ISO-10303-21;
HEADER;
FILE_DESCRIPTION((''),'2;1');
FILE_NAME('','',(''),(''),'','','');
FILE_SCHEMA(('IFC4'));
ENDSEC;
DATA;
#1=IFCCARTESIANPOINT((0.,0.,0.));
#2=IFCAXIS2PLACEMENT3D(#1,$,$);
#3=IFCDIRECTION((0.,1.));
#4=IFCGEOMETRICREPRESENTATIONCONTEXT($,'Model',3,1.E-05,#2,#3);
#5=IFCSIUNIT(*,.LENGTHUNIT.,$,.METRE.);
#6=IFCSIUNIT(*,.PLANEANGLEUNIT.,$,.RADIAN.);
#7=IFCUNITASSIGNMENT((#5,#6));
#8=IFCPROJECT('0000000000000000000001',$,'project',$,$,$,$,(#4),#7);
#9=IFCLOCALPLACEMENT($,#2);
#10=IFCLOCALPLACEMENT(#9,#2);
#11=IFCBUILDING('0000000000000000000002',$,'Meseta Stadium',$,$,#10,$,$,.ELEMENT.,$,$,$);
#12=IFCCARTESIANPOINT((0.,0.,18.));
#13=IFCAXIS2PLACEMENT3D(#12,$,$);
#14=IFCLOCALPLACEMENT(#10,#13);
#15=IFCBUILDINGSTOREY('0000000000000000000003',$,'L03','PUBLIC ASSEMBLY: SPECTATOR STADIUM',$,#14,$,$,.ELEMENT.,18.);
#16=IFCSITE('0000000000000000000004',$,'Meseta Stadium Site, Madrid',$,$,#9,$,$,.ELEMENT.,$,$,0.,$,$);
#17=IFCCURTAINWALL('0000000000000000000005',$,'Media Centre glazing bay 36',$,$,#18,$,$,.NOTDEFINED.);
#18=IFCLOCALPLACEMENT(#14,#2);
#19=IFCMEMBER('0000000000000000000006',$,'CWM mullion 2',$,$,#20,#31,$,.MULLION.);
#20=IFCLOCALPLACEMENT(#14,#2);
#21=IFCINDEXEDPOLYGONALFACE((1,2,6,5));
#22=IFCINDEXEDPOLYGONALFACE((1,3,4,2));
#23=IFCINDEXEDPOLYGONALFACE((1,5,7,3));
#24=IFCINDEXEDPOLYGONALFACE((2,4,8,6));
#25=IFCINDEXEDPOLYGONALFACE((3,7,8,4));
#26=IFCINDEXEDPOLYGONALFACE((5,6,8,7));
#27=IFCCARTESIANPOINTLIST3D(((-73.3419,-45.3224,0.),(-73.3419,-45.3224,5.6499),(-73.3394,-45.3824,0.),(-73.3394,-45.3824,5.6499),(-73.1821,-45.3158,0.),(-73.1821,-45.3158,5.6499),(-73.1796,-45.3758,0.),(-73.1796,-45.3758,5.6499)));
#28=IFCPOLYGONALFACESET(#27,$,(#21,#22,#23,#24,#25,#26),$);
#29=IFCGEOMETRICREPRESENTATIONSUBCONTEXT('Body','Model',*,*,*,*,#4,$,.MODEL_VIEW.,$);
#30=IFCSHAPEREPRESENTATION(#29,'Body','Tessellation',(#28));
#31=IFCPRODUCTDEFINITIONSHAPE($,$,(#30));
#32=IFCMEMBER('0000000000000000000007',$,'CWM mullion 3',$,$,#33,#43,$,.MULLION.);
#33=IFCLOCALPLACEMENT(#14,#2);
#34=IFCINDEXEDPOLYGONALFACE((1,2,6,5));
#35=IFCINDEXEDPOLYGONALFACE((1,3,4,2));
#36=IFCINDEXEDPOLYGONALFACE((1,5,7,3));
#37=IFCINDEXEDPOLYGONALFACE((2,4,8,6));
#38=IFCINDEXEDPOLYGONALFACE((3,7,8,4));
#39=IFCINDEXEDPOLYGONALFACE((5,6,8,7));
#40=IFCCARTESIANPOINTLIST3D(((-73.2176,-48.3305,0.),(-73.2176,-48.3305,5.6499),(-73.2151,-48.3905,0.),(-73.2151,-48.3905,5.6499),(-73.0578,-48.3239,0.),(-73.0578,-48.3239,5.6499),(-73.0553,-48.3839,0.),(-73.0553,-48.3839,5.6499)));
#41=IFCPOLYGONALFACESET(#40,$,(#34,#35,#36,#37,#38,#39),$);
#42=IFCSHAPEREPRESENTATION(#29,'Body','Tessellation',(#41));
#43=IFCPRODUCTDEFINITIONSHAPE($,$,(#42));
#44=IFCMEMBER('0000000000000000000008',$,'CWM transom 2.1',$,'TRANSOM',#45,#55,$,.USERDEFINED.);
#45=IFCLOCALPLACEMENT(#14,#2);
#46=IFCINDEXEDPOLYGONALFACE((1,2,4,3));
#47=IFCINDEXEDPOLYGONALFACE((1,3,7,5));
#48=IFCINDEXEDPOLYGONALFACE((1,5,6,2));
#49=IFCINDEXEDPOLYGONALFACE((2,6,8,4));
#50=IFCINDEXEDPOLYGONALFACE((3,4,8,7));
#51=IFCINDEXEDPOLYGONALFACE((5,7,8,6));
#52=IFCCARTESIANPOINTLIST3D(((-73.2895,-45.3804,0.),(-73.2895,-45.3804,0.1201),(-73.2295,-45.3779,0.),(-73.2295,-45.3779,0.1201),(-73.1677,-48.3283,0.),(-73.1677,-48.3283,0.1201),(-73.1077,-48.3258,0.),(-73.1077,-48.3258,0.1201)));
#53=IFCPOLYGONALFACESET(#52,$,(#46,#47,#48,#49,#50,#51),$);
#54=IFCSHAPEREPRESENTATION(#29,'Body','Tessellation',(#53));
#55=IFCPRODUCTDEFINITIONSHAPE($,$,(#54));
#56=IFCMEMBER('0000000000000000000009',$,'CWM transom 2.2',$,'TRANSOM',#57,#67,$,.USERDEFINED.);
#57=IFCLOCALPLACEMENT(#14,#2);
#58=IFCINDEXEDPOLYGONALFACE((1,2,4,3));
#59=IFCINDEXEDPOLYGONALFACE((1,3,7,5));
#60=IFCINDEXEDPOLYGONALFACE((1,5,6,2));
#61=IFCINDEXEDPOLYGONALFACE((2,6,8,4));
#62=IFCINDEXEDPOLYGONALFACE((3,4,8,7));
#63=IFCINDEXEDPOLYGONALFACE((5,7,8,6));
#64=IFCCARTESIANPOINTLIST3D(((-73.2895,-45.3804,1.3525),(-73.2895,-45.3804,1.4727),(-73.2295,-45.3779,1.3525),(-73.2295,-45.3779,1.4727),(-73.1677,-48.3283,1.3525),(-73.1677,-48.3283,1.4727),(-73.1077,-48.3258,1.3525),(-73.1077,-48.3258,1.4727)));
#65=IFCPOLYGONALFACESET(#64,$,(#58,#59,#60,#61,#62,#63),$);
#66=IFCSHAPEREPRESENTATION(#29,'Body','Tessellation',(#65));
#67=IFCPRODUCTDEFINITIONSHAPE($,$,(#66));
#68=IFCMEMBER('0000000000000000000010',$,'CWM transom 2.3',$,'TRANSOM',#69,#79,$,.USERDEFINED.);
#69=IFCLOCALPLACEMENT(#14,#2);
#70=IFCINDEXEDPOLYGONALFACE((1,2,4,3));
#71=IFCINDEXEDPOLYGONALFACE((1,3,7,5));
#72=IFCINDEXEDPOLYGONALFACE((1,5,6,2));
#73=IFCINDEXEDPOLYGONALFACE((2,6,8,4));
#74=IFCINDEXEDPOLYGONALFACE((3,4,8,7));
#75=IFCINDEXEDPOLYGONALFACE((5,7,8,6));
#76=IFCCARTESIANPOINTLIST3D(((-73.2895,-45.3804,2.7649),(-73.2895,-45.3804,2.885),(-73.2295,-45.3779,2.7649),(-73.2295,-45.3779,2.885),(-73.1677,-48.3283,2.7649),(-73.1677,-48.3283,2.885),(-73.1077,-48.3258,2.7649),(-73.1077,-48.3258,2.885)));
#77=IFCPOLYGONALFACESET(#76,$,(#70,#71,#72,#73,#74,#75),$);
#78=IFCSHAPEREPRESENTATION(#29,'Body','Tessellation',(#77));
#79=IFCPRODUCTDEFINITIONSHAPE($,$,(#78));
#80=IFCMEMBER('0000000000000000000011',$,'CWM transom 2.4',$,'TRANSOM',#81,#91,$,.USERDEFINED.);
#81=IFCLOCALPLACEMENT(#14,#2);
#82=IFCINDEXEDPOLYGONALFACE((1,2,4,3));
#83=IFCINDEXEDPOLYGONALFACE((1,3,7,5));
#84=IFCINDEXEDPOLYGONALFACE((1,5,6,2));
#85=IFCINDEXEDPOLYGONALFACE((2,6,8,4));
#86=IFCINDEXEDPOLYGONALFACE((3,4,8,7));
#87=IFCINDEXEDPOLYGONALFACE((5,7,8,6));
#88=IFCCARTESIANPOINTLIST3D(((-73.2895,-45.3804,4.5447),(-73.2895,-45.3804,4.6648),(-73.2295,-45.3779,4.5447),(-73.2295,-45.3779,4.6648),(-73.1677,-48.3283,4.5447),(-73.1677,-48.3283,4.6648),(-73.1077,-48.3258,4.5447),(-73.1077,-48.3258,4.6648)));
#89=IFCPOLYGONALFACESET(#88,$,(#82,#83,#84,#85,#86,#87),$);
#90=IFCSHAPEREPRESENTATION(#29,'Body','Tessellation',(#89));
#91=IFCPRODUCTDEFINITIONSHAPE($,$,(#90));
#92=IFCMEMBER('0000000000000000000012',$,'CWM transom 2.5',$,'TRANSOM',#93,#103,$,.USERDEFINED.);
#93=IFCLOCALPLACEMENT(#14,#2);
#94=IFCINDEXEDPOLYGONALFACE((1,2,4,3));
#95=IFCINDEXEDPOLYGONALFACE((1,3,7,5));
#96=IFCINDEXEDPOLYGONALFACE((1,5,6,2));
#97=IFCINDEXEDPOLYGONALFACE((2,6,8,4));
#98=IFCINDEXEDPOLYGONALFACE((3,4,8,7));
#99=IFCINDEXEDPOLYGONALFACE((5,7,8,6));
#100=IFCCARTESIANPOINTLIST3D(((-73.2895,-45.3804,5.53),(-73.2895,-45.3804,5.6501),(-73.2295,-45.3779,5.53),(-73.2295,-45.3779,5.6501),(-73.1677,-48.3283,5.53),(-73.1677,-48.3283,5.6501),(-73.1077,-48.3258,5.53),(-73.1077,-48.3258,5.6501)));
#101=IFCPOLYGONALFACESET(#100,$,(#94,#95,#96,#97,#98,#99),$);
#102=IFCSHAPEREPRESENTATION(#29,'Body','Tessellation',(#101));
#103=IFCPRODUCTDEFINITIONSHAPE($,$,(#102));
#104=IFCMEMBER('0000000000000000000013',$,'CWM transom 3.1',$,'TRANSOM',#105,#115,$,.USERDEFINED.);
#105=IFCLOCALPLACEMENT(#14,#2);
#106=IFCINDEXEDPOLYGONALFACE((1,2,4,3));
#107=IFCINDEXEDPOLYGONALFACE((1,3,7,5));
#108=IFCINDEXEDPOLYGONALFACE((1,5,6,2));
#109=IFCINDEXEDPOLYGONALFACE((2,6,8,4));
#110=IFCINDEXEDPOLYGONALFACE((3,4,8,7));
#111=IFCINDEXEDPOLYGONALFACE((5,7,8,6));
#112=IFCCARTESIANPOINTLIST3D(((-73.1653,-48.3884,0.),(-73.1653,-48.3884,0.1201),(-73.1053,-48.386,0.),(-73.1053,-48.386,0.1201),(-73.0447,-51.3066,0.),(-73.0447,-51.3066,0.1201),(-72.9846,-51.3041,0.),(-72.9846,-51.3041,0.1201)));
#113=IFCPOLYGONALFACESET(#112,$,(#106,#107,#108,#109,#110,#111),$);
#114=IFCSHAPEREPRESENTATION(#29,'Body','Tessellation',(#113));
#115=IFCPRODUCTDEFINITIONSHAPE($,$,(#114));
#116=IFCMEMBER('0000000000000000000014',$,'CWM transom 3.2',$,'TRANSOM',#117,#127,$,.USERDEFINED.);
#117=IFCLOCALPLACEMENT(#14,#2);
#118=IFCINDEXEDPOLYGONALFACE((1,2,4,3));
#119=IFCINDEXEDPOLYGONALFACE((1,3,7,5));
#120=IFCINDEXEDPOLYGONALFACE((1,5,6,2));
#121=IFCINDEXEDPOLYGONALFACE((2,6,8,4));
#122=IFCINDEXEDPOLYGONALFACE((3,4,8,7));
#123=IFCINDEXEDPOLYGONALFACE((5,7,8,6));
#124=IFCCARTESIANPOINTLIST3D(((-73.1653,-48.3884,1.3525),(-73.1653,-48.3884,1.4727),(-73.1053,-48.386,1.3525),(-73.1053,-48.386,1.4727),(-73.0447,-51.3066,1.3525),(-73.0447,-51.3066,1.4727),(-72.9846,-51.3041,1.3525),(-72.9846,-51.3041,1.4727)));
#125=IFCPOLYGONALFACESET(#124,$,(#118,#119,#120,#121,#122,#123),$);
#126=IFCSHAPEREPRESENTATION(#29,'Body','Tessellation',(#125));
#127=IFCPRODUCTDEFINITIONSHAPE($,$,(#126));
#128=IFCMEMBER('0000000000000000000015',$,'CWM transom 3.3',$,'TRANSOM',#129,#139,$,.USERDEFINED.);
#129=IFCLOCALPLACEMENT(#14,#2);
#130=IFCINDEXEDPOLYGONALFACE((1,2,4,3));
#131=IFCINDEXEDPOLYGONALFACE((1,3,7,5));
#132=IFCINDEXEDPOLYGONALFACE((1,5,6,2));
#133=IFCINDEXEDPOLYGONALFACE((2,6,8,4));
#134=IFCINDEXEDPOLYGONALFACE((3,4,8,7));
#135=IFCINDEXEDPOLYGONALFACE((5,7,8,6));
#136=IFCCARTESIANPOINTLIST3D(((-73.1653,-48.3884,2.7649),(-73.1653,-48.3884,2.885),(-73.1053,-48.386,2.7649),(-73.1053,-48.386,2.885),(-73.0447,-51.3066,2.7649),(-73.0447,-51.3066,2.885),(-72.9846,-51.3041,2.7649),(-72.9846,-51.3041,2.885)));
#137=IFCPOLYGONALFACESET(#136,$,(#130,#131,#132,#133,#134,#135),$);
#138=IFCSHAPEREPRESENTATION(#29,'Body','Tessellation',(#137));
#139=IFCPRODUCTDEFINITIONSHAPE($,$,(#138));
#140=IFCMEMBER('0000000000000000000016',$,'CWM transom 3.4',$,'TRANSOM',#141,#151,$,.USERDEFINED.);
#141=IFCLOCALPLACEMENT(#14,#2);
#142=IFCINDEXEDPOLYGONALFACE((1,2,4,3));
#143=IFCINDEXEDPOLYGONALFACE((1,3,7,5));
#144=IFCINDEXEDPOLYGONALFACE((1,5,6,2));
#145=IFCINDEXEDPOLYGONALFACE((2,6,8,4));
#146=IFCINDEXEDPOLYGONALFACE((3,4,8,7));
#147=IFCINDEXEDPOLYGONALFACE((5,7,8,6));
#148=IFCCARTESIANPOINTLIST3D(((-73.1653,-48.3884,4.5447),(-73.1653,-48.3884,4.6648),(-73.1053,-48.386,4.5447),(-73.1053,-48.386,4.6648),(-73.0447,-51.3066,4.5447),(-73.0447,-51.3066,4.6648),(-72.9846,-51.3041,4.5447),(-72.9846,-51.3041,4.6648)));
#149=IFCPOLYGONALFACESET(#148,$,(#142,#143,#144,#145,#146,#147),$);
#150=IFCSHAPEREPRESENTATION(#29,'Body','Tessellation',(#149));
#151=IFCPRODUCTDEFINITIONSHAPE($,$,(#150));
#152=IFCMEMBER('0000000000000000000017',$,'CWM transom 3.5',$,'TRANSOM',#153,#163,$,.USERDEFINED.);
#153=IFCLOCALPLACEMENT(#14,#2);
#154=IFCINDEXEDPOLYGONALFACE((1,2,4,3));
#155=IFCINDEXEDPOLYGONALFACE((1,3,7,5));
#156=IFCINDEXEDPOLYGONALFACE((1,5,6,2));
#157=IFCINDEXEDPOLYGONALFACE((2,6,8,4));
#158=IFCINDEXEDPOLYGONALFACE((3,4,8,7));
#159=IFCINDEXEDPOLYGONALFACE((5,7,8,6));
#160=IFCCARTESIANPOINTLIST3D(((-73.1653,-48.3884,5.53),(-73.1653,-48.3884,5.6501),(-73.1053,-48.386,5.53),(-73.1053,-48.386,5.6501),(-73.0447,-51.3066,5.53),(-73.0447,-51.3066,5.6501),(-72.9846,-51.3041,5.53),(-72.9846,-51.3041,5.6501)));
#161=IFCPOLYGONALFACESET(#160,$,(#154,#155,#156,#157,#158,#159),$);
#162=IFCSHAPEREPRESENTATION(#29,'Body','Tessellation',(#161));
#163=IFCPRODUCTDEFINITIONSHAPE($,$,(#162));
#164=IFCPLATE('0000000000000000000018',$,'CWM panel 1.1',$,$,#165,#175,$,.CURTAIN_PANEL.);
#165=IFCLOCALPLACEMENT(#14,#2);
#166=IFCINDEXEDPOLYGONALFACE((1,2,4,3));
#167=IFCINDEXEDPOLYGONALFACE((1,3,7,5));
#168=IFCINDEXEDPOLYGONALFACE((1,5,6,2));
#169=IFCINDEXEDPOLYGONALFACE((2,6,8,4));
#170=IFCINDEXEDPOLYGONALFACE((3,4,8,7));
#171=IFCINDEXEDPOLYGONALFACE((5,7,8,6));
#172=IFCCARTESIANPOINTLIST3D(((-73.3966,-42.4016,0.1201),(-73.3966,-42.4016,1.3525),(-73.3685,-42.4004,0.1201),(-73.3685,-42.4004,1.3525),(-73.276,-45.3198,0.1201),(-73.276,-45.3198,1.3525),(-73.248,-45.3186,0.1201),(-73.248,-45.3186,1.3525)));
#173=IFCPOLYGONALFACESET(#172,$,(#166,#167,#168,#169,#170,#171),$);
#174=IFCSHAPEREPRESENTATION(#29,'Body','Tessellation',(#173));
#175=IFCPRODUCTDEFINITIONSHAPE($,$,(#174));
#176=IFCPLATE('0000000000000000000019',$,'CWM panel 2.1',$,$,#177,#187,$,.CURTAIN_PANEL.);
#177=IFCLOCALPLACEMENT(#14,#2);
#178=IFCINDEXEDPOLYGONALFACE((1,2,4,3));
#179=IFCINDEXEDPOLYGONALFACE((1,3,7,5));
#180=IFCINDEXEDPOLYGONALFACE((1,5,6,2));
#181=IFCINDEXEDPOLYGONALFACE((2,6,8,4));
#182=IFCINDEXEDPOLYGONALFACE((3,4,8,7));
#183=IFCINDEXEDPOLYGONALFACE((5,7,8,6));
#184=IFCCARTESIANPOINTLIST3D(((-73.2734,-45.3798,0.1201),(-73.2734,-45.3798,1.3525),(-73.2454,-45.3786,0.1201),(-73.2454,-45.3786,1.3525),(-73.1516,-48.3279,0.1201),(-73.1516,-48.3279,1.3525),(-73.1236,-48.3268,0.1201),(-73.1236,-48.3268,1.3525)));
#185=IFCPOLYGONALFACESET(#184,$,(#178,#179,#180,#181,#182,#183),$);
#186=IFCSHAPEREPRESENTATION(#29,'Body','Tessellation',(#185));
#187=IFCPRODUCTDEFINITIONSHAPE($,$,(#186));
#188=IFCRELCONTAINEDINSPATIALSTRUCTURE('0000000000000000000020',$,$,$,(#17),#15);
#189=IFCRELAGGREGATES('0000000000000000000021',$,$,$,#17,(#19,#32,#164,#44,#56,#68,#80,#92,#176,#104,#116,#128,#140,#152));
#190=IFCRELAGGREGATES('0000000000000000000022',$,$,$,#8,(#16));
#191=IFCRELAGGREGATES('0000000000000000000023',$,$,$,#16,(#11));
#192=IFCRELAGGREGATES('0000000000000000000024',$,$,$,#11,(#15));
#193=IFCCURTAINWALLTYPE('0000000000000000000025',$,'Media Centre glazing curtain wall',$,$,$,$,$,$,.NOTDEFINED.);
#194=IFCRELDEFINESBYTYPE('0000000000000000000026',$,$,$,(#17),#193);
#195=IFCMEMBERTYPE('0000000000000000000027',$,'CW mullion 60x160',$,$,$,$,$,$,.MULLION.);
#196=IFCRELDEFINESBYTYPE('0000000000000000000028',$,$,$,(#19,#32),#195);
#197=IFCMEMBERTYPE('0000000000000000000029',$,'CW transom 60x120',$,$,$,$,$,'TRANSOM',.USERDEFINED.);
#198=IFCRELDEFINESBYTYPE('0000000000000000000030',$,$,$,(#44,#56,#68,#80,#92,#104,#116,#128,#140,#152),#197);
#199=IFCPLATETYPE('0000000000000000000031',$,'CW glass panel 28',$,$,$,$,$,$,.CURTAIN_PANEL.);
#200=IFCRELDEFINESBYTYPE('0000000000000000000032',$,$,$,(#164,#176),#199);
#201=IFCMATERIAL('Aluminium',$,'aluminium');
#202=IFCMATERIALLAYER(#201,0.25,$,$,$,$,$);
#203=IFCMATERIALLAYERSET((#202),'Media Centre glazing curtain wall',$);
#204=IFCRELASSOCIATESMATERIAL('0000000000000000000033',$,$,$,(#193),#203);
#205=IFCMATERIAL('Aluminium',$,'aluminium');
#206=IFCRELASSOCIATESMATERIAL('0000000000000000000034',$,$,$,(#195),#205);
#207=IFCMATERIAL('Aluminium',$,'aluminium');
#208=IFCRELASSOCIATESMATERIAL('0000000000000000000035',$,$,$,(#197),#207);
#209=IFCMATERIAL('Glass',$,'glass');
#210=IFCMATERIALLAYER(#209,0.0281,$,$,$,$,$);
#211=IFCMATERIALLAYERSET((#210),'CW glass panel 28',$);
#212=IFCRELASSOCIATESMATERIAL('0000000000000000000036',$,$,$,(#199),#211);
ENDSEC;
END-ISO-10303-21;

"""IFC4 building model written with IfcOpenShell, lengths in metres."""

from ifc_helpers import new_model, si_unit, direction, frame, origin, origin_2d, place, context, subcontext, project, spatial, rectangle, extrude, material, layer, layer_set, material_profile, profile_set, type_object, element, aggregate, save


model = new_model("IFC4")

# Units and contexts
model_context = context("Model", 3, precision=1e-05, world=origin(), true_north=direction((0.0, 1.0)))
body_context = subcontext(model_context, "Body", "Model", "MODEL_VIEW")
ifc_project = project(units=[si_unit("LENGTHUNIT", "METRE"), si_unit("PLANEANGLEUNIT", "RADIAN")], contexts=[model_context])

# Site, building, storey
site_placement = place(None, origin())
site = spatial("IfcSite", under=ifc_project, at=site_placement, Name="Meseta Stadium Site, Madrid", CompositionType="ELEMENT", RefElevation=0.0)
building_placement = place(site_placement, origin())
building = spatial("IfcBuilding", under=site, at=building_placement, Name="Meseta Stadium", CompositionType="ELEMENT")
storey_placement = place(building_placement, frame((0.0, 0.0, 18.0)))
storey = spatial("IfcBuildingStorey", under=building, at=storey_placement, Name="L03", Description="PUBLIC ASSEMBLY: SPECTATOR STADIUM", CompositionType="ELEMENT", Elevation=18.0)

# Curtain wall, members, plates
ifc_material_1 = material(Name="Aluminium", Category="aluminium")
ifc_layer_1 = layer(ifc_material_1, 0.25)
ifc_layer_set_1 = layer_set([ifc_layer_1], Name="Media Centre glazing curtain wall")
curtain_wall_type = type_object("IfcCurtainWallType", Name="Media Centre glazing curtain wall", PredefinedType="NOTDEFINED", material=ifc_layer_set_1)
curtain_wall_placement = place(storey_placement, origin())
curtain_wall = element("IfcCurtainWall", 1, at=curtain_wall_placement, inside=storey, type_object=curtain_wall_type, Name="Media Centre glazing bay 36", PredefinedType="NOTDEFINED")
ifc_material_2 = material(Name="Aluminium", Category="aluminium")
ifc_material_profile_1 = material_profile(ifc_material_2, rectangle(XDim=0.1599, YDim=0.0601, at=origin_2d()), Name="CW 160x60")
ifc_profile_set_1 = profile_set([ifc_material_profile_1], Name="Aluminium")
member_type_1 = type_object("IfcMemberType", Name="CW mullion 60x160", PredefinedType="MULLION", material=ifc_profile_set_1)
member_1_placement = place(storey_placement, frame((-73.2607, -45.3491, 0.0), z_axis=(0.0, 0.0, 1.0), x_axis=(0.999148, 0.041275, 0.0)))
member_1 = element("IfcMember", 2, at=member_1_placement, type_object=member_type_1, Name="CWM mullion 2", PredefinedType="MULLION", context=body_context, shape_type="SweptSolid", body=[
    extrude(rectangle(XDim=0.1599, YDim=0.0601, at=origin_2d()), origin(), (0.0, 0.0, 1.0), 5.6499),
])
member_2_placement = place(storey_placement, frame((-73.1365, -48.3572, 0.0), z_axis=(0.0, 0.0, 1.0), x_axis=(0.999148, 0.041275, 0.0)))
member_2 = element("IfcMember", 3, at=member_2_placement, type_object=member_type_1, Name="CWM mullion 3", PredefinedType="MULLION", context=body_context, shape_type="SweptSolid", body=[
    extrude(rectangle(XDim=0.1599, YDim=0.0601, at=origin_2d()), origin(), (0.0, 0.0, 1.0), 5.6499),
])
ifc_material_3 = material(Name="Aluminium", Category="aluminium")
ifc_material_profile_2 = material_profile(ifc_material_3, rectangle(XDim=0.0601, YDim=0.1201, at=origin_2d()), Name="CW 60x120")
ifc_profile_set_2 = profile_set([ifc_material_profile_2], Name="Aluminium")
member_type_2 = type_object("IfcMemberType", Name="CW transom 60x120", ElementType="TRANSOM", PredefinedType="USERDEFINED", material=ifc_profile_set_2)
member_3_placement = place(storey_placement, frame((-73.2595, -45.3792, 0.0601), z_axis=(0.04129, -0.999147, 0.0), x_axis=(0.999147, 0.04129, 0.0)))
member_3 = element("IfcMember", 4, at=member_3_placement, type_object=member_type_2, Name="CWM transom 2.1", ObjectType="TRANSOM", PredefinedType="USERDEFINED", context=body_context, shape_type="SweptSolid", body=[
    extrude(rectangle(XDim=0.0601, YDim=0.1201, at=origin_2d()), origin(), (0.0, 0.0, 1.0), 2.9504),
])
member_4_placement = place(storey_placement, frame((-73.2595, -45.3792, 1.4126), z_axis=(0.04129, -0.999147, 0.0), x_axis=(0.999147, 0.04129, 0.0)))
member_4 = element("IfcMember", 5, at=member_4_placement, type_object=member_type_2, Name="CWM transom 2.2", ObjectType="TRANSOM", PredefinedType="USERDEFINED", context=body_context, shape_type="SweptSolid", body=[
    extrude(rectangle(XDim=0.0601, YDim=0.1201, at=origin_2d()), origin(), (0.0, 0.0, 1.0), 2.9504),
])
member_5_placement = place(storey_placement, frame((-73.2595, -45.3792, 2.825), z_axis=(0.04129, -0.999147, 0.0), x_axis=(0.999147, 0.04129, 0.0)))
member_5 = element("IfcMember", 6, at=member_5_placement, type_object=member_type_2, Name="CWM transom 2.3", ObjectType="TRANSOM", PredefinedType="USERDEFINED", context=body_context, shape_type="SweptSolid", body=[
    extrude(rectangle(XDim=0.0601, YDim=0.1201, at=origin_2d()), origin(), (0.0, 0.0, 1.0), 2.9504),
])
member_6_placement = place(storey_placement, frame((-73.2595, -45.3792, 4.6047), z_axis=(0.04129, -0.999147, 0.0), x_axis=(0.999147, 0.04129, 0.0)))
member_6 = element("IfcMember", 7, at=member_6_placement, type_object=member_type_2, Name="CWM transom 2.4", ObjectType="TRANSOM", PredefinedType="USERDEFINED", context=body_context, shape_type="SweptSolid", body=[
    extrude(rectangle(XDim=0.0601, YDim=0.1201, at=origin_2d()), origin(), (0.0, 0.0, 1.0), 2.9504),
])
member_7_placement = place(storey_placement, frame((-73.2595, -45.3792, 5.5901), z_axis=(0.04129, -0.999147, 0.0), x_axis=(0.999147, 0.04129, 0.0)))
member_7 = element("IfcMember", 8, at=member_7_placement, type_object=member_type_2, Name="CWM transom 2.5", ObjectType="TRANSOM", PredefinedType="USERDEFINED", context=body_context, shape_type="SweptSolid", body=[
    extrude(rectangle(XDim=0.0601, YDim=0.1201, at=origin_2d()), origin(), (0.0, 0.0, 1.0), 2.9504),
])
member_8_placement = place(storey_placement, frame((-73.1353, -48.3872, 0.0601), z_axis=(0.041293, -0.999147, 0.0), x_axis=(0.999147, 0.041293, 0.0)))
member_8 = element("IfcMember", 9, at=member_8_placement, type_object=member_type_2, Name="CWM transom 3.1", ObjectType="TRANSOM", PredefinedType="USERDEFINED", context=body_context, shape_type="SweptSolid", body=[
    extrude(rectangle(XDim=0.0601, YDim=0.1201, at=origin_2d()), origin(), (0.0, 0.0, 1.0), 2.9207),
])
member_9_placement = place(storey_placement, frame((-73.1353, -48.3872, 1.4126), z_axis=(0.041293, -0.999147, 0.0), x_axis=(0.999147, 0.041293, 0.0)))
member_9 = element("IfcMember", 10, at=member_9_placement, type_object=member_type_2, Name="CWM transom 3.2", ObjectType="TRANSOM", PredefinedType="USERDEFINED", context=body_context, shape_type="SweptSolid", body=[
    extrude(rectangle(XDim=0.0601, YDim=0.1201, at=origin_2d()), origin(), (0.0, 0.0, 1.0), 2.9207),
])
member_10_placement = place(storey_placement, frame((-73.1353, -48.3872, 2.825), z_axis=(0.041293, -0.999147, 0.0), x_axis=(0.999147, 0.041293, 0.0)))
member_10 = element("IfcMember", 11, at=member_10_placement, type_object=member_type_2, Name="CWM transom 3.3", ObjectType="TRANSOM", PredefinedType="USERDEFINED", context=body_context, shape_type="SweptSolid", body=[
    extrude(rectangle(XDim=0.0601, YDim=0.1201, at=origin_2d()), origin(), (0.0, 0.0, 1.0), 2.9207),
])
member_11_placement = place(storey_placement, frame((-73.1353, -48.3872, 4.6047), z_axis=(0.041293, -0.999147, 0.0), x_axis=(0.999147, 0.041293, 0.0)))
member_11 = element("IfcMember", 12, at=member_11_placement, type_object=member_type_2, Name="CWM transom 3.4", ObjectType="TRANSOM", PredefinedType="USERDEFINED", context=body_context, shape_type="SweptSolid", body=[
    extrude(rectangle(XDim=0.0601, YDim=0.1201, at=origin_2d()), origin(), (0.0, 0.0, 1.0), 2.9207),
])
member_12_placement = place(storey_placement, frame((-73.1353, -48.3872, 5.5901), z_axis=(0.041293, -0.999147, 0.0), x_axis=(0.999147, 0.041293, 0.0)))
member_12 = element("IfcMember", 13, at=member_12_placement, type_object=member_type_2, Name="CWM transom 3.5", ObjectType="TRANSOM", PredefinedType="USERDEFINED", context=body_context, shape_type="SweptSolid", body=[
    extrude(rectangle(XDim=0.0601, YDim=0.1201, at=origin_2d()), origin(), (0.0, 0.0, 1.0), 2.9207),
])
ifc_material_4 = material(Name="Glass", Category="glass")
ifc_layer_2 = layer(ifc_material_4, 0.0281)
ifc_layer_set_2 = layer_set([ifc_layer_2], Name="CW glass panel 28")
plate_type = type_object("IfcPlateType", Name="CW glass panel 28", PredefinedType="CURTAIN_PANEL", material=ifc_layer_set_2)
plate_1_placement = place(storey_placement, frame((-73.3223, -43.8601, 0.1201), z_axis=(0.0, 0.0, 1.0), x_axis=(0.041275, -0.999148, 0.0)))
plate_1 = element("IfcPlate", 14, at=plate_1_placement, type_object=plate_type, Name="CWM panel 1.1", PredefinedType="CURTAIN_PANEL", context=body_context, shape_type="SweptSolid", body=[
    extrude(rectangle(XDim=2.9207, YDim=0.0281, at=origin_2d()), origin(), (0.0, 0.0, 1.0), 1.2324),
])
plate_2_placement = place(storey_placement, frame((-73.1985, -46.8533, 0.1201), z_axis=(0.0, 0.0, 1.0), x_axis=(0.041275, -0.999148, 0.0)))
plate_2 = element("IfcPlate", 15, at=plate_2_placement, type_object=plate_type, Name="CWM panel 2.1", PredefinedType="CURTAIN_PANEL", context=body_context, shape_type="SweptSolid", body=[
    extrude(rectangle(XDim=2.9507, YDim=0.0281, at=origin_2d()), origin(), (0.0, 0.0, 1.0), 1.2324),
])
aggregate(curtain_wall, [member_1, member_2, plate_1, member_3, member_4, member_5, member_6, member_7, plate_2, member_8, member_9, member_10, member_11, member_12])

save(model, "model.ifc")
